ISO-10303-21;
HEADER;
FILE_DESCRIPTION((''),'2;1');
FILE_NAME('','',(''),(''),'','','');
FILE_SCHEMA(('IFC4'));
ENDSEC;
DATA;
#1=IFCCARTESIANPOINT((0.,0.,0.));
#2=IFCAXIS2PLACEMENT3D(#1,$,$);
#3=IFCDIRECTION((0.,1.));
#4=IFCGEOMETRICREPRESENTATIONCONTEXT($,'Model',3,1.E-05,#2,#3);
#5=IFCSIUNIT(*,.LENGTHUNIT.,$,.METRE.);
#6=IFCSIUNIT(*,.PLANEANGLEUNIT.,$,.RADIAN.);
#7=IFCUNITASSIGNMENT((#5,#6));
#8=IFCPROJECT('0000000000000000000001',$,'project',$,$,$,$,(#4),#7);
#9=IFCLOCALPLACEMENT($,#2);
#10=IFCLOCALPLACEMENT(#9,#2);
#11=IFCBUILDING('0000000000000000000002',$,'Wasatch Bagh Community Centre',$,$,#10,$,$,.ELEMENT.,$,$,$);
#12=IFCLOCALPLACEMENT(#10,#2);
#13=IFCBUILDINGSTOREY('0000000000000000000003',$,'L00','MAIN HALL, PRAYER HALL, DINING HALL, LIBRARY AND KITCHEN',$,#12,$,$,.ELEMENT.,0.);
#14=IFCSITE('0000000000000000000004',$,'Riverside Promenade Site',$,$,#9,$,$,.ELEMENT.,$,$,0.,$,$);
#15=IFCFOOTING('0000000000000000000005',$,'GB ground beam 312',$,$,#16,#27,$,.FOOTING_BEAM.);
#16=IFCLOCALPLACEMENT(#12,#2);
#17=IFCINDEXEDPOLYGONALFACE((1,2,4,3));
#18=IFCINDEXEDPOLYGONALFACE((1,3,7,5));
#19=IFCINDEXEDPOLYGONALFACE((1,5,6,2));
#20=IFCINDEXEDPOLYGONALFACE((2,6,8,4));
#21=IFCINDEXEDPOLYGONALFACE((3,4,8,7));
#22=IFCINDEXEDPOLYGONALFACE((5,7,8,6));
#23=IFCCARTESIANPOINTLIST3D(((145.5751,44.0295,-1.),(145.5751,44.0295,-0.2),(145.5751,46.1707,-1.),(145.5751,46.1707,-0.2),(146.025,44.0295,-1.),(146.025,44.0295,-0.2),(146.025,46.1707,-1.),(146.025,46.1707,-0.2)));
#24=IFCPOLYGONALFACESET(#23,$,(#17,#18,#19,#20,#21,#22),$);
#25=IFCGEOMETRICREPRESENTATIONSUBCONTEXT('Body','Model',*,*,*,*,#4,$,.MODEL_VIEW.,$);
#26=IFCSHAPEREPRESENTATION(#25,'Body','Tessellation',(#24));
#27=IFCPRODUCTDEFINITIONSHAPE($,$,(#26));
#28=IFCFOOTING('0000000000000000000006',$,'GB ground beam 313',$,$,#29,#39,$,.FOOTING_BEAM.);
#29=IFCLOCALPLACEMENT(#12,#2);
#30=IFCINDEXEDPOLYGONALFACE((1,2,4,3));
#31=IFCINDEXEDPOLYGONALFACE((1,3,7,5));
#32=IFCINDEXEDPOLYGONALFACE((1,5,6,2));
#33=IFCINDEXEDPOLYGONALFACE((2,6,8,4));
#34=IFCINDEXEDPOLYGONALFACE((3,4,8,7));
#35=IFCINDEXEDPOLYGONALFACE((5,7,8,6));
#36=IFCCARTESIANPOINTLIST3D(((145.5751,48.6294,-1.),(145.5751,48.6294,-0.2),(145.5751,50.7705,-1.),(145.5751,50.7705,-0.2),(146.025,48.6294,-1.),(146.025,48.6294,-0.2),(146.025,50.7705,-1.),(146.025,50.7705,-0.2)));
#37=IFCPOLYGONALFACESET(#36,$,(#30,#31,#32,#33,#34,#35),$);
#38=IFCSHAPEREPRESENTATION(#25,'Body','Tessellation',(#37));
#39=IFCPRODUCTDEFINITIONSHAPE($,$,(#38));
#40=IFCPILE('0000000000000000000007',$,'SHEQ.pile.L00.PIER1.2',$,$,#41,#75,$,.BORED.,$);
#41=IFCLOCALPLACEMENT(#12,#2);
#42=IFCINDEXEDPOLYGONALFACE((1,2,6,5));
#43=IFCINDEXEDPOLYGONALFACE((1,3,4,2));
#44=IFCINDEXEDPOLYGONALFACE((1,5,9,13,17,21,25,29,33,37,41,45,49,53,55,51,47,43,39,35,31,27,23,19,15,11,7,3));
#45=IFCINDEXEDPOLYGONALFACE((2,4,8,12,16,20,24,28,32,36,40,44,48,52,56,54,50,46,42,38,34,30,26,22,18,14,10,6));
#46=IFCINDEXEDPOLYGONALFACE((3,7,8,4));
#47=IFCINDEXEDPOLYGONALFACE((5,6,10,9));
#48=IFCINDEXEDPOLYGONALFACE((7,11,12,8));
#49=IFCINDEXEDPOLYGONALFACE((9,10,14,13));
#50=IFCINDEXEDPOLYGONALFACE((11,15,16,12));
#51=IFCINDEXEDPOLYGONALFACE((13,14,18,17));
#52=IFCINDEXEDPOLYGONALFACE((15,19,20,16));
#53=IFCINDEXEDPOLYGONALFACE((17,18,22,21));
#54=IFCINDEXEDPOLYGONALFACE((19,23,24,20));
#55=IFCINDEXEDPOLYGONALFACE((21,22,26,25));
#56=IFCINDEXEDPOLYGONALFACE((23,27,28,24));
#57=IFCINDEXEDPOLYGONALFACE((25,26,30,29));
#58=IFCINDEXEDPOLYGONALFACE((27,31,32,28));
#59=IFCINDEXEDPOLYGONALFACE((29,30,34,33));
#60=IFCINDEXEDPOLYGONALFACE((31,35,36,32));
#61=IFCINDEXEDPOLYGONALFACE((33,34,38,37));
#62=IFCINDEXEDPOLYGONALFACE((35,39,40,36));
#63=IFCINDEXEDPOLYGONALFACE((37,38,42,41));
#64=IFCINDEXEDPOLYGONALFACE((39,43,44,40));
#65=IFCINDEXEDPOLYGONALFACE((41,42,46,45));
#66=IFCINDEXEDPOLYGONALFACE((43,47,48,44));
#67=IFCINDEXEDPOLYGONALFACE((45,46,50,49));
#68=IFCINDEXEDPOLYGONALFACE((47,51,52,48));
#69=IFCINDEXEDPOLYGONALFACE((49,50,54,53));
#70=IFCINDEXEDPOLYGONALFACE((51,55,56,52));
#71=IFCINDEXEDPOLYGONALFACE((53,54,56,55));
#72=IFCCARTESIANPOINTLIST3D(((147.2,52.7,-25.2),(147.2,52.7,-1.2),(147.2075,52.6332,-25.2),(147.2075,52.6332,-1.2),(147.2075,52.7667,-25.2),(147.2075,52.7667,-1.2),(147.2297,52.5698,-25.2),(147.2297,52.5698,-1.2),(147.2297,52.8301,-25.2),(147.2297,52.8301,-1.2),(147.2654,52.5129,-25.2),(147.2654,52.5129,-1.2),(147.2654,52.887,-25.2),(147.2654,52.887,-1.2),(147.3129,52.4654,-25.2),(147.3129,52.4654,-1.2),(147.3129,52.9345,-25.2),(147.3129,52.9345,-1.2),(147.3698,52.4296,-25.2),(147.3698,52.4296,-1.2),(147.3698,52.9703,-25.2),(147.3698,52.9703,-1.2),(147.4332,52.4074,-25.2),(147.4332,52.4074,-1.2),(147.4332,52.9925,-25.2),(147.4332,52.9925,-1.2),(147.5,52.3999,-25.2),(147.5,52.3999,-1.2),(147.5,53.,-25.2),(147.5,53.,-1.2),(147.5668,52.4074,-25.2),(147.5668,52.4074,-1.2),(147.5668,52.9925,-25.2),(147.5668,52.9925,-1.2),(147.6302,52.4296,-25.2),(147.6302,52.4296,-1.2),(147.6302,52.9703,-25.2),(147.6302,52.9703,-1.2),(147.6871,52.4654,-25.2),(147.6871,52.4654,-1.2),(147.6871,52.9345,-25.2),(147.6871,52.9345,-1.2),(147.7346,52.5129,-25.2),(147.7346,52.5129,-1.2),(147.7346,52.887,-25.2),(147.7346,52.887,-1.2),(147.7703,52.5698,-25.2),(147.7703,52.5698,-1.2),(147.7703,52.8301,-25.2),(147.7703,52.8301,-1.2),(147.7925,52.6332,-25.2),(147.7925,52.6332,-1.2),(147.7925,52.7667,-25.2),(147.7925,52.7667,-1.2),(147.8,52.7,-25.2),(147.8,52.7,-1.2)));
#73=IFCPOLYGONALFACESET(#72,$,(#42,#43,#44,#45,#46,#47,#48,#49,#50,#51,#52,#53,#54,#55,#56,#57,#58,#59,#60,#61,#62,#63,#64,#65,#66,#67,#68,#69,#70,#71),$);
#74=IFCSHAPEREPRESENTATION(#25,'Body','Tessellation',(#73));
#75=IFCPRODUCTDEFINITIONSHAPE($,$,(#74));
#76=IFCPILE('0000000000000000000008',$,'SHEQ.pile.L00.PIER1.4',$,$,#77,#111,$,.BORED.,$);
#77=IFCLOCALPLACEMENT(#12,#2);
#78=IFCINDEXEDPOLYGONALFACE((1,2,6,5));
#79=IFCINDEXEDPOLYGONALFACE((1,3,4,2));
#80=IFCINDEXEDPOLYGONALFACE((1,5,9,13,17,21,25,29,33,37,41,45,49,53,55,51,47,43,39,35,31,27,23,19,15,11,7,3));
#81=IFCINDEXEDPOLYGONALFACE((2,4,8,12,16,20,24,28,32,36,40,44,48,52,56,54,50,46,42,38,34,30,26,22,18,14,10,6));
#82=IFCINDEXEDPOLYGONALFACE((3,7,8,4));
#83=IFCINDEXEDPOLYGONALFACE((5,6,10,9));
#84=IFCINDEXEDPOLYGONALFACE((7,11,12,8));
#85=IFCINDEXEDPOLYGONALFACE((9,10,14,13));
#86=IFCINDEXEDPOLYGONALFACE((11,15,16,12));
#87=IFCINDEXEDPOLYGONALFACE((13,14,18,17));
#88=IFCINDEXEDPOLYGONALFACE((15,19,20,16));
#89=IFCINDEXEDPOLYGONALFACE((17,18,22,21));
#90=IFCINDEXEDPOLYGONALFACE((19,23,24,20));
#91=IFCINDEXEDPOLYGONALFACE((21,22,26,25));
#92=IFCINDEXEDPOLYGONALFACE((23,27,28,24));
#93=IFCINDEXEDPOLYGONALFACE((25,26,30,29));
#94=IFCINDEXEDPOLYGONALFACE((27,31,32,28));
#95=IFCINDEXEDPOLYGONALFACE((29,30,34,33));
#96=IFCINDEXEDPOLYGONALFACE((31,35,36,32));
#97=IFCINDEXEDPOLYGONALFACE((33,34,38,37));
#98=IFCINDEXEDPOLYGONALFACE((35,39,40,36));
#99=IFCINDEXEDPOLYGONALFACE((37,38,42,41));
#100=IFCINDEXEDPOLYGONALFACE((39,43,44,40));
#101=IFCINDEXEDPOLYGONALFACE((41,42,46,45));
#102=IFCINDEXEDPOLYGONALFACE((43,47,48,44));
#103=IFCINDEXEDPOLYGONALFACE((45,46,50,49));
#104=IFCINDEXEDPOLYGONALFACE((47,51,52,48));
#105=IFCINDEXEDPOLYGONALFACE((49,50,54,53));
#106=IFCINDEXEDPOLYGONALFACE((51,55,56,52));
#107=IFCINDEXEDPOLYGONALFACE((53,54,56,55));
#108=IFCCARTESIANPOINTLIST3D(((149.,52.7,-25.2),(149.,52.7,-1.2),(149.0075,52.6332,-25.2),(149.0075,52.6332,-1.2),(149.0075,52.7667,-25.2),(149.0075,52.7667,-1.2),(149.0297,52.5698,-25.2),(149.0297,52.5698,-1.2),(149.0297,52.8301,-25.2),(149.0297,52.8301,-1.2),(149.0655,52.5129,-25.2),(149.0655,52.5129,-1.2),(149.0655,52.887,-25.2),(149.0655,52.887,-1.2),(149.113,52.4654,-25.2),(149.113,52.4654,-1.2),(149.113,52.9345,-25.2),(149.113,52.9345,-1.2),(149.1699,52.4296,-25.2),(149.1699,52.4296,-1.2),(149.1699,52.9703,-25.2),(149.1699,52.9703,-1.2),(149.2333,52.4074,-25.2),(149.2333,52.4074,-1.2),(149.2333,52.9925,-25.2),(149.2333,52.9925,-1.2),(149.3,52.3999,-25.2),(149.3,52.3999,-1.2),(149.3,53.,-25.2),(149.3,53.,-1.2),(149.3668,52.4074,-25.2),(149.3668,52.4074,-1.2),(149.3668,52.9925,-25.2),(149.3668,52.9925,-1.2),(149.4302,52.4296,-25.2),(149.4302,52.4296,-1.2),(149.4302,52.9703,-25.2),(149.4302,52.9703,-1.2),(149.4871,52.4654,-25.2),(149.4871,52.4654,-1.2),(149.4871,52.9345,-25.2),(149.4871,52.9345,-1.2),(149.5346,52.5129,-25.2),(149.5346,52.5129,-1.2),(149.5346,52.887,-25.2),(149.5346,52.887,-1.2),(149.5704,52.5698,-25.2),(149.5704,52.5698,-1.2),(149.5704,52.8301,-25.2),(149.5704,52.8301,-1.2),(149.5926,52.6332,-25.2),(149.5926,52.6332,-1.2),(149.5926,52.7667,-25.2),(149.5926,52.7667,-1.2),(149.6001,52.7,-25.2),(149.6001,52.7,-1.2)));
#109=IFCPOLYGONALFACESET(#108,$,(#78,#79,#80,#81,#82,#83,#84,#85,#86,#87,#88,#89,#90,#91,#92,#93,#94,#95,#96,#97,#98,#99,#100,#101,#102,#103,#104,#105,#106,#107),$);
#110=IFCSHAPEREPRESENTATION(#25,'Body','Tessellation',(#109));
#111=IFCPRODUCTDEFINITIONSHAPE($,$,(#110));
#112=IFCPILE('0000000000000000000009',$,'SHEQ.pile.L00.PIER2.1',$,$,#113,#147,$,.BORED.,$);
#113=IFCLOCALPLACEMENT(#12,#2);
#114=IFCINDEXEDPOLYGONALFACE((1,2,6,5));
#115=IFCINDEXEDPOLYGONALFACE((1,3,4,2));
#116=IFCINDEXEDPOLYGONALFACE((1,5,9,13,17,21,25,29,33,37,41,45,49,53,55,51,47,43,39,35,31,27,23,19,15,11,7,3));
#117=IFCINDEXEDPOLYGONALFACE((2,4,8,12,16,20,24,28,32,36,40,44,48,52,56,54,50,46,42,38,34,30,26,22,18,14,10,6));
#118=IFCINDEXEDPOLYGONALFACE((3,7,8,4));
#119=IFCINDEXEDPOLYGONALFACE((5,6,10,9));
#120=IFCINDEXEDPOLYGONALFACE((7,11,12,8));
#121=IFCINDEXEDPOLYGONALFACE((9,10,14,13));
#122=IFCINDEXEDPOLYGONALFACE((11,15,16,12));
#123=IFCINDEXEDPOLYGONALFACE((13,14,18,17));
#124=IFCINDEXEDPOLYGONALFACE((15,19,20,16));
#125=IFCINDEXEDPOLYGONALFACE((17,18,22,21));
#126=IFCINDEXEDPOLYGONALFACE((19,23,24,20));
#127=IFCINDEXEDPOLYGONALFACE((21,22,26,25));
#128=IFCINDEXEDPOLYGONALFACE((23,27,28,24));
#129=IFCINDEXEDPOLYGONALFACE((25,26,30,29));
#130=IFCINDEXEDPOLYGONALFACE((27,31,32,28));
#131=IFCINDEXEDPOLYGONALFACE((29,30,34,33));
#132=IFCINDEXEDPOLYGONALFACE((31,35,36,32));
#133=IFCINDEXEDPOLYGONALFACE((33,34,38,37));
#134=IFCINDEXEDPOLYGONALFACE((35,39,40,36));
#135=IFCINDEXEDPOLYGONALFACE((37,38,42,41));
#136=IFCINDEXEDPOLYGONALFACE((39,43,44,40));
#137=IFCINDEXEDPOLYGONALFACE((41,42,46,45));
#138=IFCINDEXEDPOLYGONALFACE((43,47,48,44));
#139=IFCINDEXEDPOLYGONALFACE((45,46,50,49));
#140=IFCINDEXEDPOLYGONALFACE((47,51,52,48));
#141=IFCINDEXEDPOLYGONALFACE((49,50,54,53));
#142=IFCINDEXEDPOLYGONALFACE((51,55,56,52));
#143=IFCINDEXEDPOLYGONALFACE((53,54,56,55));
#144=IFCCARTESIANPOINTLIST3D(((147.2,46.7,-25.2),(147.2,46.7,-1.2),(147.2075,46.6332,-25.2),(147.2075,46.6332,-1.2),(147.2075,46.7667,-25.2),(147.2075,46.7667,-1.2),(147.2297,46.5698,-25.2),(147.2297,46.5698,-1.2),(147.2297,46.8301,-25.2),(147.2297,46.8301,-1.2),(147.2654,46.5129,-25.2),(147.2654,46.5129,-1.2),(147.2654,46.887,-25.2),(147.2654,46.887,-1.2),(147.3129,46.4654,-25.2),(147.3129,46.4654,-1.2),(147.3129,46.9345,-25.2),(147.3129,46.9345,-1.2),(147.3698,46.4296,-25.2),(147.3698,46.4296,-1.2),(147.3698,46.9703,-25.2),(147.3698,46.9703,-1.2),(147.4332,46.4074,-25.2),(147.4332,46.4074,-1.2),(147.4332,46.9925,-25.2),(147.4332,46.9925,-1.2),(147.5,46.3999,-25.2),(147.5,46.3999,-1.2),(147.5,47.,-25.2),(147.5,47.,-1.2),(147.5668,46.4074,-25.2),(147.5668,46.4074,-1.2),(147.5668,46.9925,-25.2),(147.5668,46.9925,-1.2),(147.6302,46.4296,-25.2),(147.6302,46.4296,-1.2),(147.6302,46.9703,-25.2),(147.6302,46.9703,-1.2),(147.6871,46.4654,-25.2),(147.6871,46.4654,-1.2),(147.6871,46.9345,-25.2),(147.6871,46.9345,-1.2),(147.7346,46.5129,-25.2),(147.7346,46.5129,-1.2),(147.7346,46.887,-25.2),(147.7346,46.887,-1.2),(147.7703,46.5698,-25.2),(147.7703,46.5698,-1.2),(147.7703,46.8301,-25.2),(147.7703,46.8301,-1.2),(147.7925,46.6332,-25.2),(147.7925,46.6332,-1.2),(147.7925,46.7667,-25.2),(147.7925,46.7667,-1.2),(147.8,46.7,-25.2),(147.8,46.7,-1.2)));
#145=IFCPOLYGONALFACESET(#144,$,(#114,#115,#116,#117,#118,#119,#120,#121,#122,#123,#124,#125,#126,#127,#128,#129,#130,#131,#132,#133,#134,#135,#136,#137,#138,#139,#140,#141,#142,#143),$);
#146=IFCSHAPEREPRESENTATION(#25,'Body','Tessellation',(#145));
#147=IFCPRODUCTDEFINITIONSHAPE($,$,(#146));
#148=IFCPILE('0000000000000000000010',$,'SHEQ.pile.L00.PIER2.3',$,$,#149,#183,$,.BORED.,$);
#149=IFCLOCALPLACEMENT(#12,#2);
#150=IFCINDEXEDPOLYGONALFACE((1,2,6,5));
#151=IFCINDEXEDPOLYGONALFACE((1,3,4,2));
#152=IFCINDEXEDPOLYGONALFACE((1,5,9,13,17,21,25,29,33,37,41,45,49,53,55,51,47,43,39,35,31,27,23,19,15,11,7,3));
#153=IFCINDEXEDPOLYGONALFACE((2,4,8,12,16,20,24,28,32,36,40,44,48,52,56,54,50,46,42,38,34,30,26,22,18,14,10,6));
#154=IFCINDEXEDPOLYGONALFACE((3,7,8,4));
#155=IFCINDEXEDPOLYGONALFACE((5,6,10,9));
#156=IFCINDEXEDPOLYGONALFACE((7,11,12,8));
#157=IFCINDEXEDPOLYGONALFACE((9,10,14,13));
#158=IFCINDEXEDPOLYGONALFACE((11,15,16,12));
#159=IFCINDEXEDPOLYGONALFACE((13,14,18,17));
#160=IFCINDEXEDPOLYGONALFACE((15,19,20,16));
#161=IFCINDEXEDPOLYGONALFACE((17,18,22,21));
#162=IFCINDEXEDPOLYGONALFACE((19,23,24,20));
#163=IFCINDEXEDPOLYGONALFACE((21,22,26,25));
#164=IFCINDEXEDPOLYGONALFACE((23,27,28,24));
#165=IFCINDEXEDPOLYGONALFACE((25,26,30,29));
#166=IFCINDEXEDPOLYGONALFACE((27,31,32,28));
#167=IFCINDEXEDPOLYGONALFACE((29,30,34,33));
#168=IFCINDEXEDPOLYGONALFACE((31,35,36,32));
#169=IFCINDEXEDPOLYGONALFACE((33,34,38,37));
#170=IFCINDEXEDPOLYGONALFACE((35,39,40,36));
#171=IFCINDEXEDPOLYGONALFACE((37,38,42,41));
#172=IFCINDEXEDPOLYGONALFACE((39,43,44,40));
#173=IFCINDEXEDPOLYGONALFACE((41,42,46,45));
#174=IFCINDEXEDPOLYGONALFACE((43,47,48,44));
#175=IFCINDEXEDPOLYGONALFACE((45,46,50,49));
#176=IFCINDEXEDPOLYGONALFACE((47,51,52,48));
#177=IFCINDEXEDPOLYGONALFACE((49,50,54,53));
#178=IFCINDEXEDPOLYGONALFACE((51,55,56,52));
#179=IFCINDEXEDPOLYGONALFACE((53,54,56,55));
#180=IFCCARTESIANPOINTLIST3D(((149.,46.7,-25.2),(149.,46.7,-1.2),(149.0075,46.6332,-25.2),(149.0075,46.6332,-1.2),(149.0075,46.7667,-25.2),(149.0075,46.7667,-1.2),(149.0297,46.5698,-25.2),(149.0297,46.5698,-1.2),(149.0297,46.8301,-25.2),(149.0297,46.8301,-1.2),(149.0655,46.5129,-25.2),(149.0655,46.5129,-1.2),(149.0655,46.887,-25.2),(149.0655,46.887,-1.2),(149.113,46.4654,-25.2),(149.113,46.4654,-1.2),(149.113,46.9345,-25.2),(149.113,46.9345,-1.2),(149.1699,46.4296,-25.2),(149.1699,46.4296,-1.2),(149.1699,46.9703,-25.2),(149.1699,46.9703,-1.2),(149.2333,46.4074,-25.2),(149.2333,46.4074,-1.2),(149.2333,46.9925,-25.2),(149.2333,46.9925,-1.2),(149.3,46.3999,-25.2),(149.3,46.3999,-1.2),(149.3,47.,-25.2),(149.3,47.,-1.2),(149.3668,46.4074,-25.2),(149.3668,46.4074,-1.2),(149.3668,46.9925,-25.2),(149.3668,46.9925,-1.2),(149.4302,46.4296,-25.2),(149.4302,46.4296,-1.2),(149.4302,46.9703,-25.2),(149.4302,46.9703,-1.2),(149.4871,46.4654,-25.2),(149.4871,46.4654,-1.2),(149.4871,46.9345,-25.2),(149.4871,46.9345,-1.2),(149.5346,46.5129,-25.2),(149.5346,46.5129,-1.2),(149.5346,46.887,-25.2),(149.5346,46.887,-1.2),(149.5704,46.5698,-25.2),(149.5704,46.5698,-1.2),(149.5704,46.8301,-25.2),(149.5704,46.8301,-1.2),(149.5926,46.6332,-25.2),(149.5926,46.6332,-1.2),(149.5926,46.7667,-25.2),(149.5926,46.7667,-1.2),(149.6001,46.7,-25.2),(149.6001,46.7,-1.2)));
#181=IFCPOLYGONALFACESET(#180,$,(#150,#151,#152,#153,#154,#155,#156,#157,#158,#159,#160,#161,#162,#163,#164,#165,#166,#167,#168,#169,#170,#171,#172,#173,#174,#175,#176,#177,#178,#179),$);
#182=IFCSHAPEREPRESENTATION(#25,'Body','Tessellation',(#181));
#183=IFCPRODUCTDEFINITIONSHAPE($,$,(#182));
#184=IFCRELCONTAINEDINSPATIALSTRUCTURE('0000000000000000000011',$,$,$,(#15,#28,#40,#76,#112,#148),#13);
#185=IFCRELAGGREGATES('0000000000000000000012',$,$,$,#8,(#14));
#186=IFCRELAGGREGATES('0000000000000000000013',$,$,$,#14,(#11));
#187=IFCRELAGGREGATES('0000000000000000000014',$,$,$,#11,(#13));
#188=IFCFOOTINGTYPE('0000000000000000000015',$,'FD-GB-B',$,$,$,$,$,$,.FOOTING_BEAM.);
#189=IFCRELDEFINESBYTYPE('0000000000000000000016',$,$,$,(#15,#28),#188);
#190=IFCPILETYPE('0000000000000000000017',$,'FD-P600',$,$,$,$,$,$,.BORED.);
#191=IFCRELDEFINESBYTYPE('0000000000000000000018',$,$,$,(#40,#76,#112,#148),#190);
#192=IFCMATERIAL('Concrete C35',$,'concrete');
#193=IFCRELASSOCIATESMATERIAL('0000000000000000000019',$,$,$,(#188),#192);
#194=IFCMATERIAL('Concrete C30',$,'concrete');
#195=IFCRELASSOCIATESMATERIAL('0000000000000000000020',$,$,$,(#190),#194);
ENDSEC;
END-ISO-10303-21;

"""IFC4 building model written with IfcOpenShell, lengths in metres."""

from ifc_helpers import new_model, si_unit, direction, frame, origin, origin_2d, place, context, subcontext, project, spatial, rectangle, circle, extrude, material, material_profile, profile_set, type_object, element, save


model = new_model("IFC4")

# Units and contexts
model_context = context("Model", 3, precision=1e-05, world=origin(), true_north=direction((0.0, 1.0)))
body_context = subcontext(model_context, "Body", "Model", "MODEL_VIEW")
ifc_project = project(units=[si_unit("LENGTHUNIT", "METRE"), si_unit("PLANEANGLEUNIT", "RADIAN")], contexts=[model_context])

# Site, building, storey
site_placement = place(None, origin())
site = spatial("IfcSite", under=ifc_project, at=site_placement, Name="Riverside Promenade Site", CompositionType="ELEMENT", RefElevation=0.0)
building_placement = place(site_placement, origin())
building = spatial("IfcBuilding", under=site, at=building_placement, Name="Wasatch Bagh Community Centre", CompositionType="ELEMENT")
storey_placement = place(building_placement, origin())
storey = spatial("IfcBuildingStorey", under=building, at=storey_placement, Name="L00", Description="MAIN HALL, PRAYER HALL, DINING HALL, LIBRARY AND KITCHEN", CompositionType="ELEMENT", Elevation=0.0)

# Footings
ifc_material_1 = material(Name="Concrete C35", Category="concrete")
footing_type_1 = type_object("IfcFootingType", Name="FD-GB-B", PredefinedType="FOOTING_BEAM", material=ifc_material_1)
for number, where, z_axis, x_axis, name in (
    (1, (145.8, 45.1001, -1.0), (0.0, 0.0, 1.0), (0.0, 1.0, 0.0), "GB ground beam 312"),
    (2, (145.8, 49.7, -1.0), (0.0, 0.0, 1.0), (0.0, 1.0, 0.0), "GB ground beam 313"),
):
    element("IfcFooting", number, at=place(storey_placement, frame(where, z_axis=z_axis, x_axis=x_axis)), inside=storey, type_object=footing_type_1, Name=name, PredefinedType="FOOTING_BEAM", context=body_context, shape_type="SweptSolid", body=[
        extrude(rectangle(XDim=2.1411, YDim=0.45, at=origin_2d()), origin(), (0.0, 0.0, 1.0), 0.8),
    ])

# Piles
ifc_material_2 = material(Name="Concrete C30", Category="concrete")
ifc_material_profile_1 = material_profile(ifc_material_2, circle(Radius=0.3, at=origin_2d()), Name="RC D600")
ifc_profile_set_1 = profile_set([ifc_material_profile_1], Name="Concrete C30")
pile_type = type_object("IfcPileType", Name="FD-P600", PredefinedType="BORED", material=ifc_profile_set_1)
for number, where, z_axis, x_axis, name in (
    (3, (147.5, 52.7, -1.2), (0.0, 0.0, -1.0), (1.0, 0.0, 0.0), "SHEQ.pile.L00.PIER1.2"),
    (4, (149.3, 52.7, -1.2), (0.0, 0.0, -1.0), (1.0, 0.0, 0.0), "SHEQ.pile.L00.PIER1.4"),
    (5, (147.5, 46.7, -1.2), (0.0, 0.0, -1.0), (1.0, 0.0, 0.0), "SHEQ.pile.L00.PIER2.1"),
    (6, (149.3, 46.7, -1.2), (0.0, 0.0, -1.0), (1.0, 0.0, 0.0), "SHEQ.pile.L00.PIER2.3"),
):
    element("IfcPile", number, at=place(storey_placement, frame(where, z_axis=z_axis, x_axis=x_axis)), inside=storey, type_object=pile_type, Name=name, PredefinedType="BORED", context=body_context, shape_type="SweptSolid", body=[
        extrude(circle(Radius=0.3, at=origin_2d()), origin(), (0.0, 0.0, 1.0), 24.0),
    ])

save(model, "model.ifc")
